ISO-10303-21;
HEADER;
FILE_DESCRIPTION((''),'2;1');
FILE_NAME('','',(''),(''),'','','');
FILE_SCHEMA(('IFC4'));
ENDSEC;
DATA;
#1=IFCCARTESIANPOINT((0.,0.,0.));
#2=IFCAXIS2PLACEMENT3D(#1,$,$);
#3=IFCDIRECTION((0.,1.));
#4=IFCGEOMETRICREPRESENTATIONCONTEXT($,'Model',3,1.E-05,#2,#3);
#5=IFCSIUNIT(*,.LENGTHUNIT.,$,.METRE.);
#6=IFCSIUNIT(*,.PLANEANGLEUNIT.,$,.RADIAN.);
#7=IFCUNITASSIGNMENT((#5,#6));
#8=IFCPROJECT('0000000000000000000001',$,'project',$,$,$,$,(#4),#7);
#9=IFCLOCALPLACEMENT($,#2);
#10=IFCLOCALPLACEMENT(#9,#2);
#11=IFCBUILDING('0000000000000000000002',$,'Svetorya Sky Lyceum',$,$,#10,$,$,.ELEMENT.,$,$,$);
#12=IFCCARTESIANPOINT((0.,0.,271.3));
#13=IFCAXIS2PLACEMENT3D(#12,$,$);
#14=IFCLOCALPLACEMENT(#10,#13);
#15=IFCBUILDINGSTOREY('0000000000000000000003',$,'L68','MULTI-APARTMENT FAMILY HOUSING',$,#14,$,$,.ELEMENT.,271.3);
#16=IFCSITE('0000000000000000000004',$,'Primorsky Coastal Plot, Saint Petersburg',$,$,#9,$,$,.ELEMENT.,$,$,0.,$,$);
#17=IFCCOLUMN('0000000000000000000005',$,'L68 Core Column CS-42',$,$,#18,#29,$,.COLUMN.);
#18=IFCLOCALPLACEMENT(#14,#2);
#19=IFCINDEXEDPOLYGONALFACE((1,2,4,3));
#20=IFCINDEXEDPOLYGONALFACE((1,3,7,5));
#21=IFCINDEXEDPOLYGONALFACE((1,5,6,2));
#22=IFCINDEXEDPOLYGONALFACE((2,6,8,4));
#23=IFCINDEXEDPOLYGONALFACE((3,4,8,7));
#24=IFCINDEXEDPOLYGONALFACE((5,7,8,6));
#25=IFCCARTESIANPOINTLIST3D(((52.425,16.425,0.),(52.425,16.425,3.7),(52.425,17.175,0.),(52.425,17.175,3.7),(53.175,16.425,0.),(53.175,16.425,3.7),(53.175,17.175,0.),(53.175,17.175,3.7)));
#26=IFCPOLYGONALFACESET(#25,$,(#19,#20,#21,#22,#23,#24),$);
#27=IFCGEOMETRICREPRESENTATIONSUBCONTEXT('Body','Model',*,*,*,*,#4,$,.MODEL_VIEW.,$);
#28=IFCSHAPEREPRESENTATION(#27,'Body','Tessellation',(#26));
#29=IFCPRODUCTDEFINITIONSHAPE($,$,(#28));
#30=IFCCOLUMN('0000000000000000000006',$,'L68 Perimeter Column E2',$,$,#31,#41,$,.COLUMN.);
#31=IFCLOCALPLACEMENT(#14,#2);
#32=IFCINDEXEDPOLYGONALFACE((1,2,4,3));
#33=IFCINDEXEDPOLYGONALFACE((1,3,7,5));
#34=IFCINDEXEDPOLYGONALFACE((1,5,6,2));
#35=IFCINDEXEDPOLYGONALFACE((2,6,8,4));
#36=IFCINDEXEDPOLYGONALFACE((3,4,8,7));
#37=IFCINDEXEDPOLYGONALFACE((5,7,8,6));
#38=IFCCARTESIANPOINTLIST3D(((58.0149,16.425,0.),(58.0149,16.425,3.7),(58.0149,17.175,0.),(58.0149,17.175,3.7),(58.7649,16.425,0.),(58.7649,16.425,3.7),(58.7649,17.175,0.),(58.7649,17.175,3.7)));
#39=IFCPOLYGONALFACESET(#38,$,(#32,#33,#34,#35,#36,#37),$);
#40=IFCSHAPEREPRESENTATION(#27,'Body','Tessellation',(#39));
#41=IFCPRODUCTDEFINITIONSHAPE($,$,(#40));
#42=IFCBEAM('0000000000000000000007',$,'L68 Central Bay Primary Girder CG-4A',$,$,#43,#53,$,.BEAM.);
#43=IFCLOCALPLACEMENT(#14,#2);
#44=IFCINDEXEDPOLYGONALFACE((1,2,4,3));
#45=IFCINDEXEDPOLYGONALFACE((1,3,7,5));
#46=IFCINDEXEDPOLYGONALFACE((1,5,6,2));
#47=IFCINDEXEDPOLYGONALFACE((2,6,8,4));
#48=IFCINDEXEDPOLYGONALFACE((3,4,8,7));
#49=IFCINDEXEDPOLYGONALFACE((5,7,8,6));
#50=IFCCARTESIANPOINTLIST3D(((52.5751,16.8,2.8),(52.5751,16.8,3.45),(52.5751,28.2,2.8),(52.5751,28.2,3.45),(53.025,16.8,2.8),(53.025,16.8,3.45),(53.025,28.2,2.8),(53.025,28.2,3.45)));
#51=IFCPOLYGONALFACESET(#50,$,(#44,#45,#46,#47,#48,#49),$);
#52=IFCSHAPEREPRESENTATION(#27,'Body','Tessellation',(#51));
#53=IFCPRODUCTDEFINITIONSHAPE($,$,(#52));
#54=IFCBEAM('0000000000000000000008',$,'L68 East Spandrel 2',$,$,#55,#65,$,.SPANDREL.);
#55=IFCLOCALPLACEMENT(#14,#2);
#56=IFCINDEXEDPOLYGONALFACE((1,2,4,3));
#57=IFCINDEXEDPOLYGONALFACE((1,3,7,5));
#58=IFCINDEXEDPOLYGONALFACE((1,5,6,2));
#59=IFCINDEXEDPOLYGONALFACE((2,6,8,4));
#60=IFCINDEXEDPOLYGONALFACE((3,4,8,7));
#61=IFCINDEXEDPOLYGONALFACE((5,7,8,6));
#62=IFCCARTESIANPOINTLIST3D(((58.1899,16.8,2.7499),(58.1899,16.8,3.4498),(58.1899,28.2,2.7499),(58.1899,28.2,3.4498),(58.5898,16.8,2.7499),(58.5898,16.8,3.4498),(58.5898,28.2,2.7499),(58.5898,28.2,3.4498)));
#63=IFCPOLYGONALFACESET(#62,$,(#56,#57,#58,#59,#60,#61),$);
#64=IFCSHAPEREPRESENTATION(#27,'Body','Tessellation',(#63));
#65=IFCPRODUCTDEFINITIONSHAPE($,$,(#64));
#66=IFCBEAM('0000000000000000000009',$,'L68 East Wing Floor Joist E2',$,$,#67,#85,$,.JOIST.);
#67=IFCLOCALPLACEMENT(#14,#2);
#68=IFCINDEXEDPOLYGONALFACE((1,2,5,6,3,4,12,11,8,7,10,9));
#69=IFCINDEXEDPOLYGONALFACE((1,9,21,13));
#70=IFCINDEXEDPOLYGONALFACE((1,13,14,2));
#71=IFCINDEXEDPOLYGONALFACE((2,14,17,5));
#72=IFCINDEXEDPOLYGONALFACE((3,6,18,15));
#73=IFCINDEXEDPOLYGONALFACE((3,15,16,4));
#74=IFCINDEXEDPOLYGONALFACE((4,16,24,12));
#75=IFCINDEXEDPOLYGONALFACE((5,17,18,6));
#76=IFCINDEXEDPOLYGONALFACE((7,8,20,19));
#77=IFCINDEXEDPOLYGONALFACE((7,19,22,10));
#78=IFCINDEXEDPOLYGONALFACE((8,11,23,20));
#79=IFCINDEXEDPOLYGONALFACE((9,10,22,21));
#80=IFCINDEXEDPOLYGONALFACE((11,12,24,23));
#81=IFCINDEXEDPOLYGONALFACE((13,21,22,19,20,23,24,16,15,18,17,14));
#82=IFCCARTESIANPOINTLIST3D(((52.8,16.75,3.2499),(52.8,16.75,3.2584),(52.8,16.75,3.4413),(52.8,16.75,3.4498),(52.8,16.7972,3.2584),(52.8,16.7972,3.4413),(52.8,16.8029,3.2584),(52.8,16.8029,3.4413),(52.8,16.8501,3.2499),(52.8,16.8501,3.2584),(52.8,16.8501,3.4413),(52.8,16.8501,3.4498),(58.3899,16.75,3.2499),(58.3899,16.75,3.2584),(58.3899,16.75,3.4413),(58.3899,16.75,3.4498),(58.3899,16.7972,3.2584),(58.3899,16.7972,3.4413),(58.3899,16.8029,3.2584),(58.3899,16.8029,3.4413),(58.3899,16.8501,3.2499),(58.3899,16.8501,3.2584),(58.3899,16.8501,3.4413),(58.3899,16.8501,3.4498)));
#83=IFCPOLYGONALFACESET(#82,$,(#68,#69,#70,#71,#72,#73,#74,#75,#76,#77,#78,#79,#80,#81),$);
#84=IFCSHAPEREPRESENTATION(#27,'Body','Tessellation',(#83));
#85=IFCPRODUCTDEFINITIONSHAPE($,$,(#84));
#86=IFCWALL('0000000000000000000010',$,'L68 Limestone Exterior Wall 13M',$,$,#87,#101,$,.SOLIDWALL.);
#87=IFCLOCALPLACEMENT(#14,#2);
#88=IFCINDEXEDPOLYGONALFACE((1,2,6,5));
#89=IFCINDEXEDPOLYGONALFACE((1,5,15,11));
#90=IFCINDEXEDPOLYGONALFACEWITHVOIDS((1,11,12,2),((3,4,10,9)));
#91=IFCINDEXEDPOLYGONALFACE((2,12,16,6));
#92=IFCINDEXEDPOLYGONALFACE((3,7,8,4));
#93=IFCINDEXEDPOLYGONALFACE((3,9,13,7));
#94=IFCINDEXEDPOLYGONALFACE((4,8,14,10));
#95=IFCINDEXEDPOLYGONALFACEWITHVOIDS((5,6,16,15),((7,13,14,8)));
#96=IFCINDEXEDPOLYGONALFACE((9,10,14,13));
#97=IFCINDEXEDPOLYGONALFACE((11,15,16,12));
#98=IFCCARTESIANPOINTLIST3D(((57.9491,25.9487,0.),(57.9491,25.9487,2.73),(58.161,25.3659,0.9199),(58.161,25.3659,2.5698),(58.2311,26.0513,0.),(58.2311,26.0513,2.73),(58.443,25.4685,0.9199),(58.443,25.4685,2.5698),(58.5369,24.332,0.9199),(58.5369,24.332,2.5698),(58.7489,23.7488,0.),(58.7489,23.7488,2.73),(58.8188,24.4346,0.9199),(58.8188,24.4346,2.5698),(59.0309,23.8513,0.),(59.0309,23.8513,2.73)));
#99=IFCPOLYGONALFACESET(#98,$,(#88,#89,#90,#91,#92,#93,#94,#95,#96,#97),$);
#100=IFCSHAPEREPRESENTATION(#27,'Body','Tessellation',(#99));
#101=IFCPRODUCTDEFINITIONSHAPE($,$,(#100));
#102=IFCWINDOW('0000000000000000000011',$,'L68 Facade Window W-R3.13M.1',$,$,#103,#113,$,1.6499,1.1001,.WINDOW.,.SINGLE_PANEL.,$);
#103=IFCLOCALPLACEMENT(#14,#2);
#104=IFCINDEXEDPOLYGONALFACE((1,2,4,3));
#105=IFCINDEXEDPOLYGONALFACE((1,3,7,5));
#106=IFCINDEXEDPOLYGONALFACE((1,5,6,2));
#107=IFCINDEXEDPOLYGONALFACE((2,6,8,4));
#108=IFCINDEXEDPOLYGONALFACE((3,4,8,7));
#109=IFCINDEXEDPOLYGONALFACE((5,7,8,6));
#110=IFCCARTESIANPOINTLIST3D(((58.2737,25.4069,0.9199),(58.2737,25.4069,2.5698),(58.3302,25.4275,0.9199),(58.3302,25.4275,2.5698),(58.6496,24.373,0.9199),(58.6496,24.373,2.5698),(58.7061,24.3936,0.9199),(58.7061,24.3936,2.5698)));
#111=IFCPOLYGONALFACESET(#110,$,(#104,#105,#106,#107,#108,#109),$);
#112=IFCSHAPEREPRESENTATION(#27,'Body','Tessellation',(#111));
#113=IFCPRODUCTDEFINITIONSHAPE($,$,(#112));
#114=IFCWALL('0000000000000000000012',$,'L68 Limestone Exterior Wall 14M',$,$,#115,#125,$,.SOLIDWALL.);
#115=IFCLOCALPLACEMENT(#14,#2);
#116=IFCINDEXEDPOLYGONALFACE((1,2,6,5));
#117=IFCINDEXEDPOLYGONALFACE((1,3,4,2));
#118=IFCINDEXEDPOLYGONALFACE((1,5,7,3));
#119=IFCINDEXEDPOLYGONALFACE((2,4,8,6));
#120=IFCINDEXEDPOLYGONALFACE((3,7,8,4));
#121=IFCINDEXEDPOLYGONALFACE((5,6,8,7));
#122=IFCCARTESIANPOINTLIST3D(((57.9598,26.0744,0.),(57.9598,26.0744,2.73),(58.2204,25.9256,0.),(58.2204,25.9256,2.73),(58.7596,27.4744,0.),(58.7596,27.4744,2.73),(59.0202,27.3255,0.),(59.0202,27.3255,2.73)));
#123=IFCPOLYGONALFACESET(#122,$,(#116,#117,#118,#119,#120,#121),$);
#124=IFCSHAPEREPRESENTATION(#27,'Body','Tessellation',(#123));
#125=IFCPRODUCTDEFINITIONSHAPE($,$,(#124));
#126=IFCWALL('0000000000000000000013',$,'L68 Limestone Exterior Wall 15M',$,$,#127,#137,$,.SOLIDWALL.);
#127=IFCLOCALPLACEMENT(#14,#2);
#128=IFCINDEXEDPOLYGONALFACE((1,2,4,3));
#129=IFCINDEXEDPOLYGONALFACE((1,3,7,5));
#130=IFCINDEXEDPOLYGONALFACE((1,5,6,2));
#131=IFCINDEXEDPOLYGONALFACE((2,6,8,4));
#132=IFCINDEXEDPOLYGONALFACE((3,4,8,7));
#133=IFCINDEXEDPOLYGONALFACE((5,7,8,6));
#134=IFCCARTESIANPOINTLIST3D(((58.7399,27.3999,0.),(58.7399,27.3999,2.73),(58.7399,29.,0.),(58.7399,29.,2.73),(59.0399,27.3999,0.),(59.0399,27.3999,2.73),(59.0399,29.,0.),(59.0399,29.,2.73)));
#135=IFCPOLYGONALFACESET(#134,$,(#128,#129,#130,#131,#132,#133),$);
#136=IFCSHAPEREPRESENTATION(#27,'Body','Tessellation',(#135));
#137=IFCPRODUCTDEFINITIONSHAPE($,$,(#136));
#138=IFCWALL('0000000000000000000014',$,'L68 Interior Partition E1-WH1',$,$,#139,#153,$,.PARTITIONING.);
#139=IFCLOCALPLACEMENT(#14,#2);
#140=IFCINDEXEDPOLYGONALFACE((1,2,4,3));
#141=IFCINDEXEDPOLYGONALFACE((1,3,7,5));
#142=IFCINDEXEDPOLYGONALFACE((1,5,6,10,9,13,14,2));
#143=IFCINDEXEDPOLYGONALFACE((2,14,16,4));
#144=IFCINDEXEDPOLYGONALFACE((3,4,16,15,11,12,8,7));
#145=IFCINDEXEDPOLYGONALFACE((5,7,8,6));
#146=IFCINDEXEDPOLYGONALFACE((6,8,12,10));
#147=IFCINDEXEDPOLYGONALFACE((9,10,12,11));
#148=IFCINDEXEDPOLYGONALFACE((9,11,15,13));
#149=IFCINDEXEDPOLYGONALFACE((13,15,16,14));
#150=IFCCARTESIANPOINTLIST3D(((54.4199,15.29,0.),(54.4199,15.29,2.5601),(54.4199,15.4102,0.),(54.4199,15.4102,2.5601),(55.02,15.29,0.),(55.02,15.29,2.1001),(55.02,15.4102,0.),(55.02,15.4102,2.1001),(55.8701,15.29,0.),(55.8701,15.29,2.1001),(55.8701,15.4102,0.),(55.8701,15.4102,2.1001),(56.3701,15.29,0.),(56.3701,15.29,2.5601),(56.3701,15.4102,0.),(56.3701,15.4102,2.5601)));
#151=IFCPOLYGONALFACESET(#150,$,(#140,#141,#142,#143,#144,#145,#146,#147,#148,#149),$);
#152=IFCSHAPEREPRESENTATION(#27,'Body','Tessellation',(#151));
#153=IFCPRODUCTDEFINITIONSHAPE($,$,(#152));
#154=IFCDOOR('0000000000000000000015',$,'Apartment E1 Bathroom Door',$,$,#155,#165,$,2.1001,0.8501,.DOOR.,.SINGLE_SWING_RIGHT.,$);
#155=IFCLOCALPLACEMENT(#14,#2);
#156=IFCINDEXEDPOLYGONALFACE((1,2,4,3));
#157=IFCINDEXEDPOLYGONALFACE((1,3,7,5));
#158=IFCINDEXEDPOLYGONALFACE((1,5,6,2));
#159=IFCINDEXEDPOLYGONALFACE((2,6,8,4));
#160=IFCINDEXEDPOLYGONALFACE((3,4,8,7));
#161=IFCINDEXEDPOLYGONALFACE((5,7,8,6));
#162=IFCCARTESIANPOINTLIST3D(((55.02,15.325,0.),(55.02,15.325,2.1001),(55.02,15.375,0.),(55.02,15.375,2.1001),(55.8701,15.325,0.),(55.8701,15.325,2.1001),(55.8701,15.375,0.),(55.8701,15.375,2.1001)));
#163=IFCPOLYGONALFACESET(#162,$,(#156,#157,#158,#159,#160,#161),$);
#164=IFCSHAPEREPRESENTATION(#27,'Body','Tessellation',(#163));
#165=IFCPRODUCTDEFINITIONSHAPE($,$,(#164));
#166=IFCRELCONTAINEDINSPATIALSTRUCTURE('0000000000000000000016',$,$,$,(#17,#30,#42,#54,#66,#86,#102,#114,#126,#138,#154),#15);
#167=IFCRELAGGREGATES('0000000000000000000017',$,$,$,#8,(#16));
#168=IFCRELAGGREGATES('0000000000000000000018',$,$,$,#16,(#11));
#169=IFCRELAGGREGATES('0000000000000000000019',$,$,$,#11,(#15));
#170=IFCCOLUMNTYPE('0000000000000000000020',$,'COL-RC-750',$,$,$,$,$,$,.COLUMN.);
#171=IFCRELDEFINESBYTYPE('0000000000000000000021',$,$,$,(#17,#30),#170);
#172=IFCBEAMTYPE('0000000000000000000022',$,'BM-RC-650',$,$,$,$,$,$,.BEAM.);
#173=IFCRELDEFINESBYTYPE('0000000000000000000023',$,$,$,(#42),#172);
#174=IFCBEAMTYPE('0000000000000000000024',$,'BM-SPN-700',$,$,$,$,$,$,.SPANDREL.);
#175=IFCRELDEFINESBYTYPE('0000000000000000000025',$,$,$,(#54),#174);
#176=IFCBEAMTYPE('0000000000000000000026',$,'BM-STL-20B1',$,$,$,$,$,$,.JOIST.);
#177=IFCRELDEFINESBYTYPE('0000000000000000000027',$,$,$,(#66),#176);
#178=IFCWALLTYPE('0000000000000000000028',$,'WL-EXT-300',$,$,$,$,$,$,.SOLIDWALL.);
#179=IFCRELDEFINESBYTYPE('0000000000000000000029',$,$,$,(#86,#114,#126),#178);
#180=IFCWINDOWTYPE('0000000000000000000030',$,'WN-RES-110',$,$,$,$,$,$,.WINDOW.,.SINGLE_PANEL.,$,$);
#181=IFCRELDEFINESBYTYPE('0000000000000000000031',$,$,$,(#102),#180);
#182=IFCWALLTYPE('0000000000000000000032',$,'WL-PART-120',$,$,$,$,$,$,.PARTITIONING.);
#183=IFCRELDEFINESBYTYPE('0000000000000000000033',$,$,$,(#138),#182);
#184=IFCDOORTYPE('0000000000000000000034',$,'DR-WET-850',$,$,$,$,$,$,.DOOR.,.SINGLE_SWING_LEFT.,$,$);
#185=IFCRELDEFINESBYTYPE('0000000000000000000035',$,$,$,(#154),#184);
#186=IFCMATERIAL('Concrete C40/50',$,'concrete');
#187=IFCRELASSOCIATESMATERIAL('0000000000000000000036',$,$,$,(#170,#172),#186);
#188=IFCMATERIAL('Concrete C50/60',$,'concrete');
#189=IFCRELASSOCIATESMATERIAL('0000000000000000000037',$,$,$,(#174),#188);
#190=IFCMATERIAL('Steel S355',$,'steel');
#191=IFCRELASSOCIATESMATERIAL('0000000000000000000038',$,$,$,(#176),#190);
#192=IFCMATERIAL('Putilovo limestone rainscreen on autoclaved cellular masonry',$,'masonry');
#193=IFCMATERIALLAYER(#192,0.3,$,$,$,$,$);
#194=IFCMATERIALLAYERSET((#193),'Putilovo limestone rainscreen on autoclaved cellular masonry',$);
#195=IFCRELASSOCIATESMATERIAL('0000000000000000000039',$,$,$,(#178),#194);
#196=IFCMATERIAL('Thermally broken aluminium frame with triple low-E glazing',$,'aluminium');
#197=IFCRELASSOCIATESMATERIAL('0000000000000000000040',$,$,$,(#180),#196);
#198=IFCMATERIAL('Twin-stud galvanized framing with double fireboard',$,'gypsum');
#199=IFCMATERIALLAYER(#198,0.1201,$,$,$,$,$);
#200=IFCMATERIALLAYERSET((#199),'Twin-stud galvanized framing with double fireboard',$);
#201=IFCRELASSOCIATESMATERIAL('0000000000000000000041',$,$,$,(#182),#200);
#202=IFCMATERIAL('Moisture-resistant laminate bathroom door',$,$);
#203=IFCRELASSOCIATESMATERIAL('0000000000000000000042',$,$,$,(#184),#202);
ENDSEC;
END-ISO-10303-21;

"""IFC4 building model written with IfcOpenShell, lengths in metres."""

from ifc_helpers import new_model, si_unit, direction, frame, frame_2d, origin, origin_2d, place, context, subcontext, project, spatial, rectangle, i_section, extrude, material, layer, layer_set, material_profile, profile_set, type_object, element, fill, save


model = new_model("IFC4")

# Units and contexts
model_context = context("Model", 3, precision=1e-05, world=origin(), true_north=direction((0.0, 1.0)))
body_context = subcontext(model_context, "Body", "Model", "MODEL_VIEW")
ifc_project = project(units=[si_unit("LENGTHUNIT", "METRE"), si_unit("PLANEANGLEUNIT", "RADIAN")], contexts=[model_context])

# Site, building, storey
site_placement = place(None, origin())
site = spatial("IfcSite", under=ifc_project, at=site_placement, Name="Primorsky Coastal Plot, Saint Petersburg", CompositionType="ELEMENT", RefElevation=0.0)
building_placement = place(site_placement, origin())
building = spatial("IfcBuilding", under=site, at=building_placement, Name="Svetorya Sky Lyceum", CompositionType="ELEMENT")
storey_placement = place(building_placement, frame((0.0, 0.0, 271.3)))
storey = spatial("IfcBuildingStorey", under=building, at=storey_placement, Name="L68", Description="MULTI-APARTMENT FAMILY HOUSING", CompositionType="ELEMENT", Elevation=271.3)

# Columns
ifc_material_1 = material(Name="Concrete C40/50", Category="concrete")
ifc_material_profile_1 = material_profile(ifc_material_1, rectangle(XDim=0.75, YDim=0.75, at=origin_2d()), Name="RC COL 750x750")
ifc_profile_set_1 = profile_set([ifc_material_profile_1], Name="Concrete C40/50")
column_type = type_object("IfcColumnType", Name="COL-RC-750", PredefinedType="COLUMN", material=ifc_profile_set_1)
for number, where, z_axis, x_axis, name in (
    (1, (52.8, 16.8, 0.0), (0.0, 0.0, 1.0), (1.0, 0.0, 0.0), "L68 Core Column CS-42"),
    (2, (58.3899, 16.8, 0.0), (0.0, 0.0, 1.0), (1.0, 0.0, 0.0), "L68 Perimeter Column E2"),
):
    element("IfcColumn", number, at=place(storey_placement, frame(where, z_axis=z_axis, x_axis=x_axis)), inside=storey, type_object=column_type, Name=name, PredefinedType="COLUMN", context=body_context, shape_type="SweptSolid", body=[
        extrude(rectangle(XDim=0.75, YDim=0.75, at=origin_2d()), origin(), (0.0, 0.0, 1.0), 3.7),
    ])

# Beams
ifc_material_profile_2 = material_profile(ifc_material_1, rectangle(XDim=0.45, YDim=0.6499, at=origin_2d()), Name="RC BEAM 450x650")
ifc_profile_set_2 = profile_set([ifc_material_profile_2], Name="Concrete C40/50")
beam_type_1 = type_object("IfcBeamType", Name="BM-RC-650", PredefinedType="BEAM", material=ifc_profile_set_2)
beam_1_placement = place(storey_placement, frame((52.8, 16.8, 3.125), z_axis=(0.0, 1.0, 0.0), x_axis=(-1.0, 0.0, 0.0)))
element("IfcBeam", 3, at=beam_1_placement, inside=storey, type_object=beam_type_1, Name="L68 Central Bay Primary Girder CG-4A", PredefinedType="BEAM", context=body_context, shape_type="SweptSolid", body=[
    extrude(rectangle(XDim=0.45, YDim=0.6499, at=origin_2d()), origin(), (0.0, 0.0, 1.0), 11.3999),
])
ifc_material_2 = material(Name="Concrete C50/60", Category="concrete")
ifc_material_profile_3 = material_profile(ifc_material_2, rectangle(XDim=0.3999, YDim=0.7, at=origin_2d()), Name="RC SPANDREL 400x700")
ifc_profile_set_3 = profile_set([ifc_material_profile_3], Name="Concrete C50/60")
beam_type_2 = type_object("IfcBeamType", Name="BM-SPN-700", PredefinedType="SPANDREL", material=ifc_profile_set_3)
beam_2_placement = place(storey_placement, frame((58.3899, 16.8, 3.0999), z_axis=(0.0, 1.0, 0.0), x_axis=(-1.0, 0.0, 0.0)))
element("IfcBeam", 4, at=beam_2_placement, inside=storey, type_object=beam_type_2, Name="L68 East Spandrel 2", PredefinedType="SPANDREL", context=body_context, shape_type="SweptSolid", body=[
    extrude(rectangle(XDim=0.3999, YDim=0.7, at=origin_2d()), origin(), (0.0, 0.0, 1.0), 11.3999),
])
ifc_material_3 = material(Name="Steel S355", Category="steel")
ifc_material_profile_4 = material_profile(ifc_material_3, i_section(OverallWidth=0.1001, OverallDepth=0.2, WebThickness=0.0056, FlangeThickness=0.0085, at=origin_2d()), Name="GOST 20B1")
ifc_profile_set_4 = profile_set([ifc_material_profile_4], Name="Steel S355")
beam_type_3 = type_object("IfcBeamType", Name="BM-STL-20B1", PredefinedType="JOIST", material=ifc_profile_set_4)
beam_3_placement = place(storey_placement, frame((52.8, 16.8, 3.3499), z_axis=(1.0, 0.0, 0.0), x_axis=(0.0, 1.0, 0.0)))
element("IfcBeam", 5, at=beam_3_placement, inside=storey, type_object=beam_type_3, Name="L68 East Wing Floor Joist E2", PredefinedType="JOIST", context=body_context, shape_type="SweptSolid", body=[
    extrude(i_section(OverallWidth=0.1001, OverallDepth=0.2, WebThickness=0.0056, FlangeThickness=0.0085, at=origin_2d()), origin(), (0.0, 0.0, 1.0), 5.5898),
])

# Wall, opening, window
ifc_material_4 = material(Name="Putilovo limestone rainscreen on autoclaved cellular masonry", Category="masonry")
ifc_layer_1 = layer(ifc_material_4, 0.3)
ifc_layer_set_1 = layer_set([ifc_layer_1], Name="Putilovo limestone rainscreen on autoclaved cellular masonry")
wall_type_1 = type_object("IfcWallType", Name="WL-EXT-300", PredefinedType="SOLIDWALL", material=ifc_layer_set_1)
wall_1_placement = place(storey_placement, frame((58.8899, 23.8, 0.0), z_axis=(0.0, 0.0, 1.0), x_axis=(-0.341676, 0.939818, 0.0)))
wall_1 = element("IfcWall", 6, at=wall_1_placement, inside=storey, type_object=wall_type_1, Name="L68 Limestone Exterior Wall 13M", PredefinedType="SOLIDWALL", context=body_context, shape_type="SweptSolid", body=[
    extrude(rectangle(XDim=2.3408, YDim=0.3, at=frame_2d((1.1704, 0.0))), origin(), (0.0, 0.0, 1.0), 2.73),
])
opening_1_placement = place(wall_1_placement, frame((0.6206, 0.0, 0.9199)))
opening_1 = element("IfcOpeningElement", 7, at=opening_1_placement, cuts=wall_1, PredefinedType="OPENING", context=body_context, shape_type="SweptSolid", body=[
    extrude(rectangle(XDim=1.1001, YDim=1.6499, at=frame_2d((0.55, 0.825))), frame((0.0, 0.1599, 0.0), z_axis=(0.0, -1.0, 0.0), x_axis=(1.0, 0.0, 0.0)), (0.0, 0.0, 1.0), 0.3201),
])
ifc_material_5 = material(Name="Thermally broken aluminium frame with triple low-E glazing", Category="aluminium")
window_type = type_object("IfcWindowType", Name="WN-RES-110", PartitioningType="SINGLE_PANEL", PredefinedType="WINDOW", material=ifc_material_5)
window_placement = place(opening_1_placement, origin())
window = element("IfcWindow", 8, at=window_placement, inside=storey, type_object=window_type, Name="L68 Facade Window W-R3.13M.1", OverallHeight=1.6499, OverallWidth=1.1001, PartitioningType="SINGLE_PANEL", PredefinedType="WINDOW", context=body_context, shape_type="SweptSolid", body=[
    extrude(rectangle(XDim=1.1001, YDim=1.6499, at=frame_2d((0.55, 0.825))), frame((0.0, 0.03, 0.0), z_axis=(0.0, -1.0, 0.0), x_axis=(1.0, 0.0, 0.0)), (0.0, 0.0, 1.0), 0.0601),
])
fill(opening_1, window)

# Walls
wall_2_placement = place(storey_placement, frame((58.0901, 26.0, 0.0), z_axis=(0.0, 0.0, 1.0), x_axis=(0.496074, 0.86828, 0.0)))
element("IfcWall", 9, at=wall_2_placement, inside=storey, type_object=wall_type_1, Name="L68 Limestone Exterior Wall 14M", PredefinedType="SOLIDWALL", context=body_context, shape_type="SweptSolid", body=[
    extrude(rectangle(XDim=1.6123, YDim=0.3, at=frame_2d((0.8062, 0.0))), origin(), (0.0, 0.0, 1.0), 2.73),
])
wall_3_placement = place(storey_placement, frame((58.8899, 27.3999, 0.0), z_axis=(0.0, 0.0, 1.0), x_axis=(0.0, 1.0, 0.0)))
element("IfcWall", 10, at=wall_3_placement, inside=storey, type_object=wall_type_1, Name="L68 Limestone Exterior Wall 15M", PredefinedType="SOLIDWALL", context=body_context, shape_type="SweptSolid", body=[
    extrude(rectangle(XDim=1.6001, YDim=0.3, at=frame_2d((0.8, 0.0))), origin(), (0.0, 0.0, 1.0), 2.73),
])

# Wall, opening, door
ifc_material_6 = material(Name="Twin-stud galvanized framing with double fireboard", Category="gypsum")
ifc_layer_2 = layer(ifc_material_6, 0.1201)
ifc_layer_set_2 = layer_set([ifc_layer_2], Name="Twin-stud galvanized framing with double fireboard")
wall_type_2 = type_object("IfcWallType", Name="WL-PART-120", PredefinedType="PARTITIONING", material=ifc_layer_set_2)
wall_4_placement = place(storey_placement, frame((54.4199, 15.3501, 0.0), z_axis=(0.0, 0.0, 1.0), x_axis=(1.0, 0.0, 0.0)))
wall_4 = element("IfcWall", 11, at=wall_4_placement, inside=storey, type_object=wall_type_2, Name="L68 Interior Partition E1-WH1", PredefinedType="PARTITIONING", context=body_context, shape_type="SweptSolid", body=[
    extrude(rectangle(XDim=1.9502, YDim=0.1201, at=frame_2d((0.9751, 0.0))), origin(), (0.0, 0.0, 1.0), 2.5601),
])
opening_2_placement = place(wall_4_placement, frame((0.6001, 0.0, 0.0)))
opening_2 = element("IfcOpeningElement", 12, at=opening_2_placement, cuts=wall_4, PredefinedType="OPENING", context=body_context, shape_type="SweptSolid", body=[
    extrude(rectangle(XDim=0.8501, YDim=2.1001, at=frame_2d((0.425, 1.05))), frame((0.0, 0.0701, 0.0), z_axis=(0.0, -1.0, 0.0), x_axis=(1.0, 0.0, 0.0)), (0.0, 0.0, 1.0), 0.1401),
])
ifc_material_7 = material(Name="Moisture-resistant laminate bathroom door")
door_type_1 = type_object("IfcDoorType", Name="DR-WET-850", OperationType="SINGLE_SWING_LEFT", PredefinedType="DOOR", material=ifc_material_7)
door_1_placement = place(opening_2_placement, origin())
door_1 = element("IfcDoor", 13, at=door_1_placement, inside=storey, type_object=door_type_1, Name="Apartment E1 Bathroom Door", OperationType="SINGLE_SWING_RIGHT", OverallHeight=2.1001, OverallWidth=0.8501, PredefinedType="DOOR", context=body_context, shape_type="SweptSolid", body=[
    extrude(rectangle(XDim=0.8501, YDim=2.1001, at=frame_2d((0.425, 1.05))), frame((0.0, 0.0249, 0.0), z_axis=(0.0, -1.0, 0.0), x_axis=(1.0, 0.0, 0.0)), (0.0, 0.0, 1.0), 0.05),
])
fill(opening_2, door_1)

save(model, "model.ifc")
